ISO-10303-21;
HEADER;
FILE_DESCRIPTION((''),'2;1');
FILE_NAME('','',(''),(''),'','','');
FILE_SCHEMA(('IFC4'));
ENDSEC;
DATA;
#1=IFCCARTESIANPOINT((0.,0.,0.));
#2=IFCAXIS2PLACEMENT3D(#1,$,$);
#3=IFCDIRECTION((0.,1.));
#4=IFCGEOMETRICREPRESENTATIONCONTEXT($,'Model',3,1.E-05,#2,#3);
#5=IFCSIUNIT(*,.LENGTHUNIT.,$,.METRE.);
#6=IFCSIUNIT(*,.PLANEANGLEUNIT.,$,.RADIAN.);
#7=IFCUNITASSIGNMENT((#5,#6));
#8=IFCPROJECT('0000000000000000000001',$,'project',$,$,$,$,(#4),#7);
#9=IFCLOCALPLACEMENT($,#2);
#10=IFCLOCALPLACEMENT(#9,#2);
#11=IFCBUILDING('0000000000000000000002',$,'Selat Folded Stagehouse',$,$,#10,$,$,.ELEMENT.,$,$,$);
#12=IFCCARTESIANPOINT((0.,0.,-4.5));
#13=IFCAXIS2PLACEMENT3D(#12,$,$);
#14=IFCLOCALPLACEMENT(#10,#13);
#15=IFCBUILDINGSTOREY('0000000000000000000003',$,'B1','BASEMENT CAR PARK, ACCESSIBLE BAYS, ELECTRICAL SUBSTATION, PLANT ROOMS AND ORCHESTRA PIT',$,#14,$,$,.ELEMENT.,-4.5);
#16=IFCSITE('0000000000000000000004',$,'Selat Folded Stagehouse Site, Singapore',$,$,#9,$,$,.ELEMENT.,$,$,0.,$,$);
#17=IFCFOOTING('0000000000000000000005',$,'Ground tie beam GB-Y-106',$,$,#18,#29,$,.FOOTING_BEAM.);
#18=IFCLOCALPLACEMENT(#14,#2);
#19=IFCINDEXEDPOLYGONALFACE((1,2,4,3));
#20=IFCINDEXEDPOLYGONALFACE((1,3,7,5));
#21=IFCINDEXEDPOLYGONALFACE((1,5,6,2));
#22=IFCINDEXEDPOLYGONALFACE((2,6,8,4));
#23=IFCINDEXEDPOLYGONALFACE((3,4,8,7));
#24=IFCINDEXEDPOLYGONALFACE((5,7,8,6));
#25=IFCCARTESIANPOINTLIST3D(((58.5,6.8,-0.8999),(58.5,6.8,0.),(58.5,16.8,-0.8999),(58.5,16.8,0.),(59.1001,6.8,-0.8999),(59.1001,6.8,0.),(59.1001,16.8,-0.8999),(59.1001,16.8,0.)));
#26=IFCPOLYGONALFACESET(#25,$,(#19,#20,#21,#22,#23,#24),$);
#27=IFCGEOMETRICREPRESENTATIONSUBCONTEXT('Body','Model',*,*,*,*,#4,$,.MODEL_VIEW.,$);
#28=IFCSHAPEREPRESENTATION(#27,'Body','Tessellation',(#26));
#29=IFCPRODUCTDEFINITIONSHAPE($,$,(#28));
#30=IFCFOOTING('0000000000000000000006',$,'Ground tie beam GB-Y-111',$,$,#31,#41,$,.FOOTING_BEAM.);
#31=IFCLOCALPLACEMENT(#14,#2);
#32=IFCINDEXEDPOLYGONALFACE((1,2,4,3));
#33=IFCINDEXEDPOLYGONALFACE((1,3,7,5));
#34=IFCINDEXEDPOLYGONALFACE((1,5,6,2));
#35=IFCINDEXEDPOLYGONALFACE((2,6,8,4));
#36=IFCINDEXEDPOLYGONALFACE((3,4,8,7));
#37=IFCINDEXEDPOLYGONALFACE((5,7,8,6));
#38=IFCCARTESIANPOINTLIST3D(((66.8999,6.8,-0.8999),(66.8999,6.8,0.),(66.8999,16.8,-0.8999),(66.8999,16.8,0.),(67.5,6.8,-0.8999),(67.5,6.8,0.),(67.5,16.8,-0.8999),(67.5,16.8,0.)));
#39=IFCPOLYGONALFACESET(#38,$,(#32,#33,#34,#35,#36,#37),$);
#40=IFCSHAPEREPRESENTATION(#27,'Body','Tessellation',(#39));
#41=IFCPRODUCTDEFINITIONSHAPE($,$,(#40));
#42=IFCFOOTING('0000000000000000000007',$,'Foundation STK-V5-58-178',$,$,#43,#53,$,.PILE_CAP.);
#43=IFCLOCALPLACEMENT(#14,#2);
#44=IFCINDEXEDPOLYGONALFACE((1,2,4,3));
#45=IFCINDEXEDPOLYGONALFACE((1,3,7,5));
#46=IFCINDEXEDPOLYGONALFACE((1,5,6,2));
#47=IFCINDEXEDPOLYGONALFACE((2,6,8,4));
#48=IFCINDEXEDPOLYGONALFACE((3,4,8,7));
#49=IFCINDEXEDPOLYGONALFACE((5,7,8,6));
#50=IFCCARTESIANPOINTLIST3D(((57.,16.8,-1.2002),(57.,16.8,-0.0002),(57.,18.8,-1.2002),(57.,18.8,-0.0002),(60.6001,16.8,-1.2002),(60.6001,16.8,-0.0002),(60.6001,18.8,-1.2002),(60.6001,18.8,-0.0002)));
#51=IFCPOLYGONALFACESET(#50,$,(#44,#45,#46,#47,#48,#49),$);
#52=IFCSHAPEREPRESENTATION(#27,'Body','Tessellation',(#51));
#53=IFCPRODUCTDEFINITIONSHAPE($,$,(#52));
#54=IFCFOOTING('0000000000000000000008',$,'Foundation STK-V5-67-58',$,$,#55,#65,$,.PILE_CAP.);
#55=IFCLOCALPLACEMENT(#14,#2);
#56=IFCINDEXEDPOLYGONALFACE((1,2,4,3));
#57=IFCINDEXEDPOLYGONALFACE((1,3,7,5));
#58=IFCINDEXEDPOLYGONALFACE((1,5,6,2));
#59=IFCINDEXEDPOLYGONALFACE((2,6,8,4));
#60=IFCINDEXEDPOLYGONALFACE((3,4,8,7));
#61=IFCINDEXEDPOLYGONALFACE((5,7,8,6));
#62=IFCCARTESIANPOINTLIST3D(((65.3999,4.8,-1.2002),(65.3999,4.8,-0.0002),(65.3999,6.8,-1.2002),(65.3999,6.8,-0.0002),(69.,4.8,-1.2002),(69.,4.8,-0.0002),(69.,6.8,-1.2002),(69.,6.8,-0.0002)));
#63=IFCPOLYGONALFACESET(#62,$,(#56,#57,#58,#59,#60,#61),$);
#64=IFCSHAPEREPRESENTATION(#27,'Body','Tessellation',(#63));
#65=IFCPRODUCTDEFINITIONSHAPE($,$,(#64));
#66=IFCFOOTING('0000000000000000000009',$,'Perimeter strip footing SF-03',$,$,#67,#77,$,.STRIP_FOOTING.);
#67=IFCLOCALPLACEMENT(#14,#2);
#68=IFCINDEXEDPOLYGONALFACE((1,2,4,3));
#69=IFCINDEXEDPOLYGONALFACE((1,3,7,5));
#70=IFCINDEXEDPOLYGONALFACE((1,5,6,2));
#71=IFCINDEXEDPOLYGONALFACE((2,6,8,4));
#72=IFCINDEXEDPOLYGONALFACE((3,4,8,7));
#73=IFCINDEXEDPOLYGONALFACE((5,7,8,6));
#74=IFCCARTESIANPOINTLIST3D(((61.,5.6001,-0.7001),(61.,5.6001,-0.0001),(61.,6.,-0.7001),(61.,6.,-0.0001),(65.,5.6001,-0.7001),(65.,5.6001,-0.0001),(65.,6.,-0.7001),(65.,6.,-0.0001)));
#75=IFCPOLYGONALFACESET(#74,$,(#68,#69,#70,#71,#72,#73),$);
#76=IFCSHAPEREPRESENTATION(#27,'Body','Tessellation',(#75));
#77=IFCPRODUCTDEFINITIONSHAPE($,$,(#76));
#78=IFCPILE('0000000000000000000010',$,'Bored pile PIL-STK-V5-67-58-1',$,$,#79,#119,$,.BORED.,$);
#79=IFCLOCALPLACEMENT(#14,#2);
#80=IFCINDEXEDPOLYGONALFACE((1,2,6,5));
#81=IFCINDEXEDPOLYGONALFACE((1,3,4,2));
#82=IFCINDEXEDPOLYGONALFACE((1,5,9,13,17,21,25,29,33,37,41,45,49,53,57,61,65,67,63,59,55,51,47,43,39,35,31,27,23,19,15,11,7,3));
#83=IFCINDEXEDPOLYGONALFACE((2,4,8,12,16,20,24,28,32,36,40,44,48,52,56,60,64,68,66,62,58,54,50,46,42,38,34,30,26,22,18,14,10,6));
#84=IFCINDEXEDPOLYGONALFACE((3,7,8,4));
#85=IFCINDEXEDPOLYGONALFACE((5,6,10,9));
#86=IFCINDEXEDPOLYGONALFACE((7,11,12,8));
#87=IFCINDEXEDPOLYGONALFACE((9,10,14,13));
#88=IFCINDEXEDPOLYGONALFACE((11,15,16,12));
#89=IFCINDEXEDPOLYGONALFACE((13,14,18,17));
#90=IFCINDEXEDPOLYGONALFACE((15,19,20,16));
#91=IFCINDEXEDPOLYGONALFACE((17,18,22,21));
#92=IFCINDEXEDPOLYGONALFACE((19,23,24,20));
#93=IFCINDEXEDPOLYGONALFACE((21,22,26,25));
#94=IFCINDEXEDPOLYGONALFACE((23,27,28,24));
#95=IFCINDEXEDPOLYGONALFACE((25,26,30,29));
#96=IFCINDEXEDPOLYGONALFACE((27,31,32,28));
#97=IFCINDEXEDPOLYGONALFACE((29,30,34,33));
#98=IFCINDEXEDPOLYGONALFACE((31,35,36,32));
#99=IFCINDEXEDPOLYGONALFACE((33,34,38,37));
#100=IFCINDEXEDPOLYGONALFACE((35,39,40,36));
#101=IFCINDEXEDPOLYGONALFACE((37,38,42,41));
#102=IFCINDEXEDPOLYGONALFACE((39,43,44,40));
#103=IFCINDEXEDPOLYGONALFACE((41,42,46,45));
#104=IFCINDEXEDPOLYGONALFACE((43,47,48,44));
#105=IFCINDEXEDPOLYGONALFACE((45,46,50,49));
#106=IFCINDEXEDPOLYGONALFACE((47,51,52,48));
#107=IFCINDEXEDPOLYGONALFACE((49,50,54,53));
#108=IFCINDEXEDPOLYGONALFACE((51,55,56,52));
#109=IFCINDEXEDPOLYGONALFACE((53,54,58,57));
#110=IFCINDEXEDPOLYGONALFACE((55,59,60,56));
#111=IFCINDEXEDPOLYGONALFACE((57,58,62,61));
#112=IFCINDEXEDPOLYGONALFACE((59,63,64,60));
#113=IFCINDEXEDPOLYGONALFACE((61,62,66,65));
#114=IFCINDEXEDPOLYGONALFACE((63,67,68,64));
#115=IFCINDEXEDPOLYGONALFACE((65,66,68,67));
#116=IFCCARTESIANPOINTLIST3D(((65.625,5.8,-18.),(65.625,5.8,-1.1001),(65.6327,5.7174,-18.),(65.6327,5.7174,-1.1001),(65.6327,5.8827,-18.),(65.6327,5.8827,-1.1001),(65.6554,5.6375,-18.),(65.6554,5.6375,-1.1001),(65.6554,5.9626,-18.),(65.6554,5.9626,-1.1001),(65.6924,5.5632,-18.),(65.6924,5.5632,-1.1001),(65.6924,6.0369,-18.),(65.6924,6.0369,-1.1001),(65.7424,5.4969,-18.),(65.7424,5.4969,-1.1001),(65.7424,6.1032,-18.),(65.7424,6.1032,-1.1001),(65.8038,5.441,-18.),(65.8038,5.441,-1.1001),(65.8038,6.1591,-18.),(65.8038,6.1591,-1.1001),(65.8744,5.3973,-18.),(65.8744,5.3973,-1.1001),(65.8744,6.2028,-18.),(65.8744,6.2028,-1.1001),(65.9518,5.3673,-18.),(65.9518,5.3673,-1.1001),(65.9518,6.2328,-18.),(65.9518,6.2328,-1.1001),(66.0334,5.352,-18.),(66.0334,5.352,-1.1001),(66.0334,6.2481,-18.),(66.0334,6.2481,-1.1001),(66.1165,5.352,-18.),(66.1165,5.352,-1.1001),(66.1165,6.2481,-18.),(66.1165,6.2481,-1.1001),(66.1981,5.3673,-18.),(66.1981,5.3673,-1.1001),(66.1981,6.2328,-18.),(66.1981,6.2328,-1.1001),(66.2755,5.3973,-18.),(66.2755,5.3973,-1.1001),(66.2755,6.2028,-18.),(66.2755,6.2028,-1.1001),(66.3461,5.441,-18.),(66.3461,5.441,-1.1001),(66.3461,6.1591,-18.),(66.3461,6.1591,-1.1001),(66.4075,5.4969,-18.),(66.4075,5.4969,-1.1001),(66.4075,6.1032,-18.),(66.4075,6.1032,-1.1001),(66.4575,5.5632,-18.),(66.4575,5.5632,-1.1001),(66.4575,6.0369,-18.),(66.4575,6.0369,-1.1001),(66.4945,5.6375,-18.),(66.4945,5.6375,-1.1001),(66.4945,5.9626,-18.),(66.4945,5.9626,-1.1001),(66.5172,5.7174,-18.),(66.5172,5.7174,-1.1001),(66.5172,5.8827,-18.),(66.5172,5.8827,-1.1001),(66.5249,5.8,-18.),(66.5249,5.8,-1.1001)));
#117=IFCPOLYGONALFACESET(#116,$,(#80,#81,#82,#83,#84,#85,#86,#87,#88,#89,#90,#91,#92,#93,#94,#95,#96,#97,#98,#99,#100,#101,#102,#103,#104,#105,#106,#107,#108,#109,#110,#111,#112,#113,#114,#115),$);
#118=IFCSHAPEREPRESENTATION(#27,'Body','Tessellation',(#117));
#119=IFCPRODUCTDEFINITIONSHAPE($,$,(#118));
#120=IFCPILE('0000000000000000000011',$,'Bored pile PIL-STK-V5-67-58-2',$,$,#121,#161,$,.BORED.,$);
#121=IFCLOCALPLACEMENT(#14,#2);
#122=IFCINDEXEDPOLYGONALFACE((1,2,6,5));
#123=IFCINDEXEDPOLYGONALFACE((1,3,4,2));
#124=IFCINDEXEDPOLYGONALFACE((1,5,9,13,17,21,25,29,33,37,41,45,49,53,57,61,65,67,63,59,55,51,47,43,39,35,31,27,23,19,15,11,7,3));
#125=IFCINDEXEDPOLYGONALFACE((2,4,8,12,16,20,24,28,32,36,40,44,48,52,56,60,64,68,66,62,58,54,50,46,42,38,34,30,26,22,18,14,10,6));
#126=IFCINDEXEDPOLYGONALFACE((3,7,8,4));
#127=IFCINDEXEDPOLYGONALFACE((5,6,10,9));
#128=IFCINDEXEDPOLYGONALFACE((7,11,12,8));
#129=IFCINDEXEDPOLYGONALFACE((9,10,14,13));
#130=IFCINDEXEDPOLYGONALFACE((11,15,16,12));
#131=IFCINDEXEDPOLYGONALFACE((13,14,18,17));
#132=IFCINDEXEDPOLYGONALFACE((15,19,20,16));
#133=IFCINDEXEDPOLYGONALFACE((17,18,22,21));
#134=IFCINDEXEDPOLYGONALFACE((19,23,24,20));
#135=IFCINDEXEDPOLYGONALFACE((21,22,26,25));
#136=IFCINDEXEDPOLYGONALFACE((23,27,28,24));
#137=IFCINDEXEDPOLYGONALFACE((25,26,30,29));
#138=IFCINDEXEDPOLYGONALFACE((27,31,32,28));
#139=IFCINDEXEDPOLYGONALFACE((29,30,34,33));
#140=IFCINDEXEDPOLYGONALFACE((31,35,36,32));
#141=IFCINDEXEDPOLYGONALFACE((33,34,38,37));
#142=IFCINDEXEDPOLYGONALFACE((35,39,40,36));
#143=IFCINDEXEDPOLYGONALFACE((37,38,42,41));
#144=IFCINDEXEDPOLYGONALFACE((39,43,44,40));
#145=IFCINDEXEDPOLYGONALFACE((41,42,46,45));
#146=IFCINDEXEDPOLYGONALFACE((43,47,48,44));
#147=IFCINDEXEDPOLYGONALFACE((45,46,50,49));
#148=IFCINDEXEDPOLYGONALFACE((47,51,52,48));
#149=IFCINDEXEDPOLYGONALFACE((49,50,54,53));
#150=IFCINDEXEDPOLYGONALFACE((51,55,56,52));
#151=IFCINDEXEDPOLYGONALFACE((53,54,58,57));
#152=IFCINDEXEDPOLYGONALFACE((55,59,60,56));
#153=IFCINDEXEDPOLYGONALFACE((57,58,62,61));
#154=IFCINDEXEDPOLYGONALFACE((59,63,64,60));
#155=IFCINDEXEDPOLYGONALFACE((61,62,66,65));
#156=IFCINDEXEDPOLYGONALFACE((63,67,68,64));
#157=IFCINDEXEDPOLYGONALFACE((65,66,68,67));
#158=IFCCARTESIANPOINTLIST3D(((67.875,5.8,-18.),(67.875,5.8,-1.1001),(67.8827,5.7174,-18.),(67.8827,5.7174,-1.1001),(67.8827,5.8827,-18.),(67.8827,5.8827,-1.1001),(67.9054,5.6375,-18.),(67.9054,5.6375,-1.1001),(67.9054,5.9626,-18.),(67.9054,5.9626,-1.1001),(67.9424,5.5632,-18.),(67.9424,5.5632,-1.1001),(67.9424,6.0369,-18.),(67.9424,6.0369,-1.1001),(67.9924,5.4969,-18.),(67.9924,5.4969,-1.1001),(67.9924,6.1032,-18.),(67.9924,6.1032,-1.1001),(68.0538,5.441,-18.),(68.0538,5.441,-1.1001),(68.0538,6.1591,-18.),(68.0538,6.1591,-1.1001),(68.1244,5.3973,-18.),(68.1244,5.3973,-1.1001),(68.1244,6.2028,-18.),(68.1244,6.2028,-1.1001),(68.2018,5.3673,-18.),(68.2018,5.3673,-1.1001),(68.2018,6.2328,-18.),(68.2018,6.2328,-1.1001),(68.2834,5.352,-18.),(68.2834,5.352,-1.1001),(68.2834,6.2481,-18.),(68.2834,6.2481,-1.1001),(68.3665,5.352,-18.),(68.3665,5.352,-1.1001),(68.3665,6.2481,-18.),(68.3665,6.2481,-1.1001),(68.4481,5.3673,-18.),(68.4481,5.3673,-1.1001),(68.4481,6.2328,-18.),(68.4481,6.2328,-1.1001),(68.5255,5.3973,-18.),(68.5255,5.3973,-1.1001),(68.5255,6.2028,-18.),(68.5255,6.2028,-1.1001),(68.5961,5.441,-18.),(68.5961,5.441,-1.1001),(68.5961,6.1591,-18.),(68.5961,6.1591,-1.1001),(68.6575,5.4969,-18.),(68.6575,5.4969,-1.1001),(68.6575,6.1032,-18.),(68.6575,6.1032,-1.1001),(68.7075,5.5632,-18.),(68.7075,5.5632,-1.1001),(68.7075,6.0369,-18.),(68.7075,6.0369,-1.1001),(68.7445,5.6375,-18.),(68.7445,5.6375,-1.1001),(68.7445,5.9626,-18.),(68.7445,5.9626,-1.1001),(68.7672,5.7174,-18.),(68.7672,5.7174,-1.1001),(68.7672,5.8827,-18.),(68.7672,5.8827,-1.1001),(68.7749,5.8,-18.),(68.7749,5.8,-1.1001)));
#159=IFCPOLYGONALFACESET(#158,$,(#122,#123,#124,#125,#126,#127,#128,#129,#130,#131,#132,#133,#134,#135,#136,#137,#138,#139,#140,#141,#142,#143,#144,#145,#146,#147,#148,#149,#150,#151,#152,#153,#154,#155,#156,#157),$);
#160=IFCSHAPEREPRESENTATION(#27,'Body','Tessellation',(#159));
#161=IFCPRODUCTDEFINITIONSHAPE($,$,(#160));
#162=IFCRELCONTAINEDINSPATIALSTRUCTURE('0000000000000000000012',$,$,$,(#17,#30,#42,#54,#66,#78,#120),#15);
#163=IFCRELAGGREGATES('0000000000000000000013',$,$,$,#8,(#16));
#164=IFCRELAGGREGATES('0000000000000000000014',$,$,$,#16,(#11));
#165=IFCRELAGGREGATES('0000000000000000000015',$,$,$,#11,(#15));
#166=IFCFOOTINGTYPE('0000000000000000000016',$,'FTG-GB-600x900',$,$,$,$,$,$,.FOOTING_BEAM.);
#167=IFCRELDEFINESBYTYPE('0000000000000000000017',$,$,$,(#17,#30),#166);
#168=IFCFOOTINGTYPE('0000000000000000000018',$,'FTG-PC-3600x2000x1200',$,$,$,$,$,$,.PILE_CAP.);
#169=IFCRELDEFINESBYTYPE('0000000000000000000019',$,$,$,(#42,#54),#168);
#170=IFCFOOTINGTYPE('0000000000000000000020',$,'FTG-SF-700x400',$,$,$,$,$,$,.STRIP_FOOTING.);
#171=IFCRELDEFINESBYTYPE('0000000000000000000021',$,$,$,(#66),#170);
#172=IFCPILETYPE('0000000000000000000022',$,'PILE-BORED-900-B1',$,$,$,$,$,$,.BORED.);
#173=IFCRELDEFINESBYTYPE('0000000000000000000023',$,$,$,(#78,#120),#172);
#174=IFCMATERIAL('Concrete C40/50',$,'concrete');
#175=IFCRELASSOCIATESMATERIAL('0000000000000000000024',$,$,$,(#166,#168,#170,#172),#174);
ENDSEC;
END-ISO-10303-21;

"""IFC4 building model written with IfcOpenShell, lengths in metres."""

from ifc_helpers import new_model, si_unit, direction, frame, origin, origin_2d, place, context, subcontext, project, spatial, rectangle, circle, extrude, material, material_profile, profile_set, type_object, element, save


model = new_model("IFC4")

# Units and contexts
model_context = context("Model", 3, precision=1e-05, world=origin(), true_north=direction((0.0, 1.0)))
body_context = subcontext(model_context, "Body", "Model", "MODEL_VIEW")
ifc_project = project(units=[si_unit("LENGTHUNIT", "METRE"), si_unit("PLANEANGLEUNIT", "RADIAN")], contexts=[model_context])

# Site, building, storey
site_placement = place(None, origin())
site = spatial("IfcSite", under=ifc_project, at=site_placement, Name="Selat Folded Stagehouse Site, Singapore", CompositionType="ELEMENT", RefElevation=0.0)
building_placement = place(site_placement, origin())
building = spatial("IfcBuilding", under=site, at=building_placement, Name="Selat Folded Stagehouse", CompositionType="ELEMENT")
storey_placement = place(building_placement, frame((0.0, 0.0, -4.5)))
storey = spatial("IfcBuildingStorey", under=building, at=storey_placement, Name="B1", Description="BASEMENT CAR PARK, ACCESSIBLE BAYS, ELECTRICAL SUBSTATION, PLANT ROOMS AND ORCHESTRA PIT", CompositionType="ELEMENT", Elevation=-4.5)

# Footings
ifc_material_1 = material(Name="Concrete C40/50", Category="concrete")
ifc_material_profile_1 = material_profile(ifc_material_1, rectangle(XDim=0.6001, YDim=0.8999, at=origin_2d()), Name="RC 900x600")
ifc_profile_set_1 = profile_set([ifc_material_profile_1], Name="Concrete C40/50")
footing_type_1 = type_object("IfcFootingType", Name="FTG-GB-600x900", PredefinedType="FOOTING_BEAM", material=ifc_profile_set_1)
for number, where, z_axis, x_axis, name in (
    (1, (58.8, 6.8, -0.45), (0.0, 1.0, 0.0), (-1.0, 0.0, 0.0), "Ground tie beam GB-Y-106"),
    (2, (67.2, 6.8, -0.45), (0.0, 1.0, 0.0), (-1.0, 0.0, 0.0), "Ground tie beam GB-Y-111"),
):
    element("IfcFooting", number, at=place(storey_placement, frame(where, z_axis=z_axis, x_axis=x_axis)), inside=storey, type_object=footing_type_1, Name=name, PredefinedType="FOOTING_BEAM", context=body_context, shape_type="SweptSolid", body=[
        extrude(rectangle(XDim=0.6001, YDim=0.8999, at=origin_2d()), origin(), (0.0, 0.0, 1.0), 10.0),
    ])
footing_type_2 = type_object("IfcFootingType", Name="FTG-PC-3600x2000x1200", PredefinedType="PILE_CAP", material=ifc_material_1)
for number, where, z_axis, x_axis, name in (
    (3, (58.8, 17.8, -1.2002), (0.0, 0.0, 1.0), (1.0, 0.0, 0.0), "Foundation STK-V5-58-178"),
    (4, (67.2, 5.8, -1.2002), (0.0, 0.0, 1.0), (1.0, 0.0, 0.0), "Foundation STK-V5-67-58"),
):
    element("IfcFooting", number, at=place(storey_placement, frame(where, z_axis=z_axis, x_axis=x_axis)), inside=storey, type_object=footing_type_2, Name=name, PredefinedType="PILE_CAP", context=body_context, shape_type="SweptSolid", body=[
        extrude(rectangle(XDim=3.6001, YDim=2.0, at=origin_2d()), origin(), (0.0, 0.0, 1.0), 1.2),
    ])
ifc_material_profile_2 = material_profile(ifc_material_1, rectangle(XDim=0.3999, YDim=0.7, at=origin_2d()), Name="RC 700x400")
ifc_profile_set_2 = profile_set([ifc_material_profile_2], Name="Concrete C40/50")
footing_type_3 = type_object("IfcFootingType", Name="FTG-SF-700x400", PredefinedType="STRIP_FOOTING", material=ifc_profile_set_2)
footing_placement = place(storey_placement, frame((61.0, 5.8, -0.3501), z_axis=(1.0, 0.0, 0.0), x_axis=(0.0, 1.0, 0.0)))
element("IfcFooting", 5, at=footing_placement, inside=storey, type_object=footing_type_3, Name="Perimeter strip footing SF-03", PredefinedType="STRIP_FOOTING", context=body_context, shape_type="SweptSolid", body=[
    extrude(rectangle(XDim=0.3999, YDim=0.7, at=origin_2d()), origin(), (0.0, 0.0, 1.0), 4.0),
])

# Piles
ifc_material_profile_3 = material_profile(ifc_material_1, circle(Radius=0.45, at=origin_2d()), Name="PILE D900")
ifc_profile_set_3 = profile_set([ifc_material_profile_3], Name="Concrete C40/50")
pile_type = type_object("IfcPileType", Name="PILE-BORED-900-B1", PredefinedType="BORED", material=ifc_profile_set_3)
for number, where, z_axis, x_axis, name in (
    (6, (66.075, 5.8, -1.1001), (0.0, 0.0, -1.0), (1.0, 0.0, 0.0), "Bored pile PIL-STK-V5-67-58-1"),
    (7, (68.325, 5.8, -1.1001), (0.0, 0.0, -1.0), (1.0, 0.0, 0.0), "Bored pile PIL-STK-V5-67-58-2"),
):
    element("IfcPile", number, at=place(storey_placement, frame(where, z_axis=z_axis, x_axis=x_axis)), inside=storey, type_object=pile_type, Name=name, PredefinedType="BORED", context=body_context, shape_type="SweptSolid", body=[
        extrude(circle(Radius=0.45, at=origin_2d()), origin(), (0.0, 0.0, 1.0), 16.8999),
    ])

save(model, "model.ifc")
